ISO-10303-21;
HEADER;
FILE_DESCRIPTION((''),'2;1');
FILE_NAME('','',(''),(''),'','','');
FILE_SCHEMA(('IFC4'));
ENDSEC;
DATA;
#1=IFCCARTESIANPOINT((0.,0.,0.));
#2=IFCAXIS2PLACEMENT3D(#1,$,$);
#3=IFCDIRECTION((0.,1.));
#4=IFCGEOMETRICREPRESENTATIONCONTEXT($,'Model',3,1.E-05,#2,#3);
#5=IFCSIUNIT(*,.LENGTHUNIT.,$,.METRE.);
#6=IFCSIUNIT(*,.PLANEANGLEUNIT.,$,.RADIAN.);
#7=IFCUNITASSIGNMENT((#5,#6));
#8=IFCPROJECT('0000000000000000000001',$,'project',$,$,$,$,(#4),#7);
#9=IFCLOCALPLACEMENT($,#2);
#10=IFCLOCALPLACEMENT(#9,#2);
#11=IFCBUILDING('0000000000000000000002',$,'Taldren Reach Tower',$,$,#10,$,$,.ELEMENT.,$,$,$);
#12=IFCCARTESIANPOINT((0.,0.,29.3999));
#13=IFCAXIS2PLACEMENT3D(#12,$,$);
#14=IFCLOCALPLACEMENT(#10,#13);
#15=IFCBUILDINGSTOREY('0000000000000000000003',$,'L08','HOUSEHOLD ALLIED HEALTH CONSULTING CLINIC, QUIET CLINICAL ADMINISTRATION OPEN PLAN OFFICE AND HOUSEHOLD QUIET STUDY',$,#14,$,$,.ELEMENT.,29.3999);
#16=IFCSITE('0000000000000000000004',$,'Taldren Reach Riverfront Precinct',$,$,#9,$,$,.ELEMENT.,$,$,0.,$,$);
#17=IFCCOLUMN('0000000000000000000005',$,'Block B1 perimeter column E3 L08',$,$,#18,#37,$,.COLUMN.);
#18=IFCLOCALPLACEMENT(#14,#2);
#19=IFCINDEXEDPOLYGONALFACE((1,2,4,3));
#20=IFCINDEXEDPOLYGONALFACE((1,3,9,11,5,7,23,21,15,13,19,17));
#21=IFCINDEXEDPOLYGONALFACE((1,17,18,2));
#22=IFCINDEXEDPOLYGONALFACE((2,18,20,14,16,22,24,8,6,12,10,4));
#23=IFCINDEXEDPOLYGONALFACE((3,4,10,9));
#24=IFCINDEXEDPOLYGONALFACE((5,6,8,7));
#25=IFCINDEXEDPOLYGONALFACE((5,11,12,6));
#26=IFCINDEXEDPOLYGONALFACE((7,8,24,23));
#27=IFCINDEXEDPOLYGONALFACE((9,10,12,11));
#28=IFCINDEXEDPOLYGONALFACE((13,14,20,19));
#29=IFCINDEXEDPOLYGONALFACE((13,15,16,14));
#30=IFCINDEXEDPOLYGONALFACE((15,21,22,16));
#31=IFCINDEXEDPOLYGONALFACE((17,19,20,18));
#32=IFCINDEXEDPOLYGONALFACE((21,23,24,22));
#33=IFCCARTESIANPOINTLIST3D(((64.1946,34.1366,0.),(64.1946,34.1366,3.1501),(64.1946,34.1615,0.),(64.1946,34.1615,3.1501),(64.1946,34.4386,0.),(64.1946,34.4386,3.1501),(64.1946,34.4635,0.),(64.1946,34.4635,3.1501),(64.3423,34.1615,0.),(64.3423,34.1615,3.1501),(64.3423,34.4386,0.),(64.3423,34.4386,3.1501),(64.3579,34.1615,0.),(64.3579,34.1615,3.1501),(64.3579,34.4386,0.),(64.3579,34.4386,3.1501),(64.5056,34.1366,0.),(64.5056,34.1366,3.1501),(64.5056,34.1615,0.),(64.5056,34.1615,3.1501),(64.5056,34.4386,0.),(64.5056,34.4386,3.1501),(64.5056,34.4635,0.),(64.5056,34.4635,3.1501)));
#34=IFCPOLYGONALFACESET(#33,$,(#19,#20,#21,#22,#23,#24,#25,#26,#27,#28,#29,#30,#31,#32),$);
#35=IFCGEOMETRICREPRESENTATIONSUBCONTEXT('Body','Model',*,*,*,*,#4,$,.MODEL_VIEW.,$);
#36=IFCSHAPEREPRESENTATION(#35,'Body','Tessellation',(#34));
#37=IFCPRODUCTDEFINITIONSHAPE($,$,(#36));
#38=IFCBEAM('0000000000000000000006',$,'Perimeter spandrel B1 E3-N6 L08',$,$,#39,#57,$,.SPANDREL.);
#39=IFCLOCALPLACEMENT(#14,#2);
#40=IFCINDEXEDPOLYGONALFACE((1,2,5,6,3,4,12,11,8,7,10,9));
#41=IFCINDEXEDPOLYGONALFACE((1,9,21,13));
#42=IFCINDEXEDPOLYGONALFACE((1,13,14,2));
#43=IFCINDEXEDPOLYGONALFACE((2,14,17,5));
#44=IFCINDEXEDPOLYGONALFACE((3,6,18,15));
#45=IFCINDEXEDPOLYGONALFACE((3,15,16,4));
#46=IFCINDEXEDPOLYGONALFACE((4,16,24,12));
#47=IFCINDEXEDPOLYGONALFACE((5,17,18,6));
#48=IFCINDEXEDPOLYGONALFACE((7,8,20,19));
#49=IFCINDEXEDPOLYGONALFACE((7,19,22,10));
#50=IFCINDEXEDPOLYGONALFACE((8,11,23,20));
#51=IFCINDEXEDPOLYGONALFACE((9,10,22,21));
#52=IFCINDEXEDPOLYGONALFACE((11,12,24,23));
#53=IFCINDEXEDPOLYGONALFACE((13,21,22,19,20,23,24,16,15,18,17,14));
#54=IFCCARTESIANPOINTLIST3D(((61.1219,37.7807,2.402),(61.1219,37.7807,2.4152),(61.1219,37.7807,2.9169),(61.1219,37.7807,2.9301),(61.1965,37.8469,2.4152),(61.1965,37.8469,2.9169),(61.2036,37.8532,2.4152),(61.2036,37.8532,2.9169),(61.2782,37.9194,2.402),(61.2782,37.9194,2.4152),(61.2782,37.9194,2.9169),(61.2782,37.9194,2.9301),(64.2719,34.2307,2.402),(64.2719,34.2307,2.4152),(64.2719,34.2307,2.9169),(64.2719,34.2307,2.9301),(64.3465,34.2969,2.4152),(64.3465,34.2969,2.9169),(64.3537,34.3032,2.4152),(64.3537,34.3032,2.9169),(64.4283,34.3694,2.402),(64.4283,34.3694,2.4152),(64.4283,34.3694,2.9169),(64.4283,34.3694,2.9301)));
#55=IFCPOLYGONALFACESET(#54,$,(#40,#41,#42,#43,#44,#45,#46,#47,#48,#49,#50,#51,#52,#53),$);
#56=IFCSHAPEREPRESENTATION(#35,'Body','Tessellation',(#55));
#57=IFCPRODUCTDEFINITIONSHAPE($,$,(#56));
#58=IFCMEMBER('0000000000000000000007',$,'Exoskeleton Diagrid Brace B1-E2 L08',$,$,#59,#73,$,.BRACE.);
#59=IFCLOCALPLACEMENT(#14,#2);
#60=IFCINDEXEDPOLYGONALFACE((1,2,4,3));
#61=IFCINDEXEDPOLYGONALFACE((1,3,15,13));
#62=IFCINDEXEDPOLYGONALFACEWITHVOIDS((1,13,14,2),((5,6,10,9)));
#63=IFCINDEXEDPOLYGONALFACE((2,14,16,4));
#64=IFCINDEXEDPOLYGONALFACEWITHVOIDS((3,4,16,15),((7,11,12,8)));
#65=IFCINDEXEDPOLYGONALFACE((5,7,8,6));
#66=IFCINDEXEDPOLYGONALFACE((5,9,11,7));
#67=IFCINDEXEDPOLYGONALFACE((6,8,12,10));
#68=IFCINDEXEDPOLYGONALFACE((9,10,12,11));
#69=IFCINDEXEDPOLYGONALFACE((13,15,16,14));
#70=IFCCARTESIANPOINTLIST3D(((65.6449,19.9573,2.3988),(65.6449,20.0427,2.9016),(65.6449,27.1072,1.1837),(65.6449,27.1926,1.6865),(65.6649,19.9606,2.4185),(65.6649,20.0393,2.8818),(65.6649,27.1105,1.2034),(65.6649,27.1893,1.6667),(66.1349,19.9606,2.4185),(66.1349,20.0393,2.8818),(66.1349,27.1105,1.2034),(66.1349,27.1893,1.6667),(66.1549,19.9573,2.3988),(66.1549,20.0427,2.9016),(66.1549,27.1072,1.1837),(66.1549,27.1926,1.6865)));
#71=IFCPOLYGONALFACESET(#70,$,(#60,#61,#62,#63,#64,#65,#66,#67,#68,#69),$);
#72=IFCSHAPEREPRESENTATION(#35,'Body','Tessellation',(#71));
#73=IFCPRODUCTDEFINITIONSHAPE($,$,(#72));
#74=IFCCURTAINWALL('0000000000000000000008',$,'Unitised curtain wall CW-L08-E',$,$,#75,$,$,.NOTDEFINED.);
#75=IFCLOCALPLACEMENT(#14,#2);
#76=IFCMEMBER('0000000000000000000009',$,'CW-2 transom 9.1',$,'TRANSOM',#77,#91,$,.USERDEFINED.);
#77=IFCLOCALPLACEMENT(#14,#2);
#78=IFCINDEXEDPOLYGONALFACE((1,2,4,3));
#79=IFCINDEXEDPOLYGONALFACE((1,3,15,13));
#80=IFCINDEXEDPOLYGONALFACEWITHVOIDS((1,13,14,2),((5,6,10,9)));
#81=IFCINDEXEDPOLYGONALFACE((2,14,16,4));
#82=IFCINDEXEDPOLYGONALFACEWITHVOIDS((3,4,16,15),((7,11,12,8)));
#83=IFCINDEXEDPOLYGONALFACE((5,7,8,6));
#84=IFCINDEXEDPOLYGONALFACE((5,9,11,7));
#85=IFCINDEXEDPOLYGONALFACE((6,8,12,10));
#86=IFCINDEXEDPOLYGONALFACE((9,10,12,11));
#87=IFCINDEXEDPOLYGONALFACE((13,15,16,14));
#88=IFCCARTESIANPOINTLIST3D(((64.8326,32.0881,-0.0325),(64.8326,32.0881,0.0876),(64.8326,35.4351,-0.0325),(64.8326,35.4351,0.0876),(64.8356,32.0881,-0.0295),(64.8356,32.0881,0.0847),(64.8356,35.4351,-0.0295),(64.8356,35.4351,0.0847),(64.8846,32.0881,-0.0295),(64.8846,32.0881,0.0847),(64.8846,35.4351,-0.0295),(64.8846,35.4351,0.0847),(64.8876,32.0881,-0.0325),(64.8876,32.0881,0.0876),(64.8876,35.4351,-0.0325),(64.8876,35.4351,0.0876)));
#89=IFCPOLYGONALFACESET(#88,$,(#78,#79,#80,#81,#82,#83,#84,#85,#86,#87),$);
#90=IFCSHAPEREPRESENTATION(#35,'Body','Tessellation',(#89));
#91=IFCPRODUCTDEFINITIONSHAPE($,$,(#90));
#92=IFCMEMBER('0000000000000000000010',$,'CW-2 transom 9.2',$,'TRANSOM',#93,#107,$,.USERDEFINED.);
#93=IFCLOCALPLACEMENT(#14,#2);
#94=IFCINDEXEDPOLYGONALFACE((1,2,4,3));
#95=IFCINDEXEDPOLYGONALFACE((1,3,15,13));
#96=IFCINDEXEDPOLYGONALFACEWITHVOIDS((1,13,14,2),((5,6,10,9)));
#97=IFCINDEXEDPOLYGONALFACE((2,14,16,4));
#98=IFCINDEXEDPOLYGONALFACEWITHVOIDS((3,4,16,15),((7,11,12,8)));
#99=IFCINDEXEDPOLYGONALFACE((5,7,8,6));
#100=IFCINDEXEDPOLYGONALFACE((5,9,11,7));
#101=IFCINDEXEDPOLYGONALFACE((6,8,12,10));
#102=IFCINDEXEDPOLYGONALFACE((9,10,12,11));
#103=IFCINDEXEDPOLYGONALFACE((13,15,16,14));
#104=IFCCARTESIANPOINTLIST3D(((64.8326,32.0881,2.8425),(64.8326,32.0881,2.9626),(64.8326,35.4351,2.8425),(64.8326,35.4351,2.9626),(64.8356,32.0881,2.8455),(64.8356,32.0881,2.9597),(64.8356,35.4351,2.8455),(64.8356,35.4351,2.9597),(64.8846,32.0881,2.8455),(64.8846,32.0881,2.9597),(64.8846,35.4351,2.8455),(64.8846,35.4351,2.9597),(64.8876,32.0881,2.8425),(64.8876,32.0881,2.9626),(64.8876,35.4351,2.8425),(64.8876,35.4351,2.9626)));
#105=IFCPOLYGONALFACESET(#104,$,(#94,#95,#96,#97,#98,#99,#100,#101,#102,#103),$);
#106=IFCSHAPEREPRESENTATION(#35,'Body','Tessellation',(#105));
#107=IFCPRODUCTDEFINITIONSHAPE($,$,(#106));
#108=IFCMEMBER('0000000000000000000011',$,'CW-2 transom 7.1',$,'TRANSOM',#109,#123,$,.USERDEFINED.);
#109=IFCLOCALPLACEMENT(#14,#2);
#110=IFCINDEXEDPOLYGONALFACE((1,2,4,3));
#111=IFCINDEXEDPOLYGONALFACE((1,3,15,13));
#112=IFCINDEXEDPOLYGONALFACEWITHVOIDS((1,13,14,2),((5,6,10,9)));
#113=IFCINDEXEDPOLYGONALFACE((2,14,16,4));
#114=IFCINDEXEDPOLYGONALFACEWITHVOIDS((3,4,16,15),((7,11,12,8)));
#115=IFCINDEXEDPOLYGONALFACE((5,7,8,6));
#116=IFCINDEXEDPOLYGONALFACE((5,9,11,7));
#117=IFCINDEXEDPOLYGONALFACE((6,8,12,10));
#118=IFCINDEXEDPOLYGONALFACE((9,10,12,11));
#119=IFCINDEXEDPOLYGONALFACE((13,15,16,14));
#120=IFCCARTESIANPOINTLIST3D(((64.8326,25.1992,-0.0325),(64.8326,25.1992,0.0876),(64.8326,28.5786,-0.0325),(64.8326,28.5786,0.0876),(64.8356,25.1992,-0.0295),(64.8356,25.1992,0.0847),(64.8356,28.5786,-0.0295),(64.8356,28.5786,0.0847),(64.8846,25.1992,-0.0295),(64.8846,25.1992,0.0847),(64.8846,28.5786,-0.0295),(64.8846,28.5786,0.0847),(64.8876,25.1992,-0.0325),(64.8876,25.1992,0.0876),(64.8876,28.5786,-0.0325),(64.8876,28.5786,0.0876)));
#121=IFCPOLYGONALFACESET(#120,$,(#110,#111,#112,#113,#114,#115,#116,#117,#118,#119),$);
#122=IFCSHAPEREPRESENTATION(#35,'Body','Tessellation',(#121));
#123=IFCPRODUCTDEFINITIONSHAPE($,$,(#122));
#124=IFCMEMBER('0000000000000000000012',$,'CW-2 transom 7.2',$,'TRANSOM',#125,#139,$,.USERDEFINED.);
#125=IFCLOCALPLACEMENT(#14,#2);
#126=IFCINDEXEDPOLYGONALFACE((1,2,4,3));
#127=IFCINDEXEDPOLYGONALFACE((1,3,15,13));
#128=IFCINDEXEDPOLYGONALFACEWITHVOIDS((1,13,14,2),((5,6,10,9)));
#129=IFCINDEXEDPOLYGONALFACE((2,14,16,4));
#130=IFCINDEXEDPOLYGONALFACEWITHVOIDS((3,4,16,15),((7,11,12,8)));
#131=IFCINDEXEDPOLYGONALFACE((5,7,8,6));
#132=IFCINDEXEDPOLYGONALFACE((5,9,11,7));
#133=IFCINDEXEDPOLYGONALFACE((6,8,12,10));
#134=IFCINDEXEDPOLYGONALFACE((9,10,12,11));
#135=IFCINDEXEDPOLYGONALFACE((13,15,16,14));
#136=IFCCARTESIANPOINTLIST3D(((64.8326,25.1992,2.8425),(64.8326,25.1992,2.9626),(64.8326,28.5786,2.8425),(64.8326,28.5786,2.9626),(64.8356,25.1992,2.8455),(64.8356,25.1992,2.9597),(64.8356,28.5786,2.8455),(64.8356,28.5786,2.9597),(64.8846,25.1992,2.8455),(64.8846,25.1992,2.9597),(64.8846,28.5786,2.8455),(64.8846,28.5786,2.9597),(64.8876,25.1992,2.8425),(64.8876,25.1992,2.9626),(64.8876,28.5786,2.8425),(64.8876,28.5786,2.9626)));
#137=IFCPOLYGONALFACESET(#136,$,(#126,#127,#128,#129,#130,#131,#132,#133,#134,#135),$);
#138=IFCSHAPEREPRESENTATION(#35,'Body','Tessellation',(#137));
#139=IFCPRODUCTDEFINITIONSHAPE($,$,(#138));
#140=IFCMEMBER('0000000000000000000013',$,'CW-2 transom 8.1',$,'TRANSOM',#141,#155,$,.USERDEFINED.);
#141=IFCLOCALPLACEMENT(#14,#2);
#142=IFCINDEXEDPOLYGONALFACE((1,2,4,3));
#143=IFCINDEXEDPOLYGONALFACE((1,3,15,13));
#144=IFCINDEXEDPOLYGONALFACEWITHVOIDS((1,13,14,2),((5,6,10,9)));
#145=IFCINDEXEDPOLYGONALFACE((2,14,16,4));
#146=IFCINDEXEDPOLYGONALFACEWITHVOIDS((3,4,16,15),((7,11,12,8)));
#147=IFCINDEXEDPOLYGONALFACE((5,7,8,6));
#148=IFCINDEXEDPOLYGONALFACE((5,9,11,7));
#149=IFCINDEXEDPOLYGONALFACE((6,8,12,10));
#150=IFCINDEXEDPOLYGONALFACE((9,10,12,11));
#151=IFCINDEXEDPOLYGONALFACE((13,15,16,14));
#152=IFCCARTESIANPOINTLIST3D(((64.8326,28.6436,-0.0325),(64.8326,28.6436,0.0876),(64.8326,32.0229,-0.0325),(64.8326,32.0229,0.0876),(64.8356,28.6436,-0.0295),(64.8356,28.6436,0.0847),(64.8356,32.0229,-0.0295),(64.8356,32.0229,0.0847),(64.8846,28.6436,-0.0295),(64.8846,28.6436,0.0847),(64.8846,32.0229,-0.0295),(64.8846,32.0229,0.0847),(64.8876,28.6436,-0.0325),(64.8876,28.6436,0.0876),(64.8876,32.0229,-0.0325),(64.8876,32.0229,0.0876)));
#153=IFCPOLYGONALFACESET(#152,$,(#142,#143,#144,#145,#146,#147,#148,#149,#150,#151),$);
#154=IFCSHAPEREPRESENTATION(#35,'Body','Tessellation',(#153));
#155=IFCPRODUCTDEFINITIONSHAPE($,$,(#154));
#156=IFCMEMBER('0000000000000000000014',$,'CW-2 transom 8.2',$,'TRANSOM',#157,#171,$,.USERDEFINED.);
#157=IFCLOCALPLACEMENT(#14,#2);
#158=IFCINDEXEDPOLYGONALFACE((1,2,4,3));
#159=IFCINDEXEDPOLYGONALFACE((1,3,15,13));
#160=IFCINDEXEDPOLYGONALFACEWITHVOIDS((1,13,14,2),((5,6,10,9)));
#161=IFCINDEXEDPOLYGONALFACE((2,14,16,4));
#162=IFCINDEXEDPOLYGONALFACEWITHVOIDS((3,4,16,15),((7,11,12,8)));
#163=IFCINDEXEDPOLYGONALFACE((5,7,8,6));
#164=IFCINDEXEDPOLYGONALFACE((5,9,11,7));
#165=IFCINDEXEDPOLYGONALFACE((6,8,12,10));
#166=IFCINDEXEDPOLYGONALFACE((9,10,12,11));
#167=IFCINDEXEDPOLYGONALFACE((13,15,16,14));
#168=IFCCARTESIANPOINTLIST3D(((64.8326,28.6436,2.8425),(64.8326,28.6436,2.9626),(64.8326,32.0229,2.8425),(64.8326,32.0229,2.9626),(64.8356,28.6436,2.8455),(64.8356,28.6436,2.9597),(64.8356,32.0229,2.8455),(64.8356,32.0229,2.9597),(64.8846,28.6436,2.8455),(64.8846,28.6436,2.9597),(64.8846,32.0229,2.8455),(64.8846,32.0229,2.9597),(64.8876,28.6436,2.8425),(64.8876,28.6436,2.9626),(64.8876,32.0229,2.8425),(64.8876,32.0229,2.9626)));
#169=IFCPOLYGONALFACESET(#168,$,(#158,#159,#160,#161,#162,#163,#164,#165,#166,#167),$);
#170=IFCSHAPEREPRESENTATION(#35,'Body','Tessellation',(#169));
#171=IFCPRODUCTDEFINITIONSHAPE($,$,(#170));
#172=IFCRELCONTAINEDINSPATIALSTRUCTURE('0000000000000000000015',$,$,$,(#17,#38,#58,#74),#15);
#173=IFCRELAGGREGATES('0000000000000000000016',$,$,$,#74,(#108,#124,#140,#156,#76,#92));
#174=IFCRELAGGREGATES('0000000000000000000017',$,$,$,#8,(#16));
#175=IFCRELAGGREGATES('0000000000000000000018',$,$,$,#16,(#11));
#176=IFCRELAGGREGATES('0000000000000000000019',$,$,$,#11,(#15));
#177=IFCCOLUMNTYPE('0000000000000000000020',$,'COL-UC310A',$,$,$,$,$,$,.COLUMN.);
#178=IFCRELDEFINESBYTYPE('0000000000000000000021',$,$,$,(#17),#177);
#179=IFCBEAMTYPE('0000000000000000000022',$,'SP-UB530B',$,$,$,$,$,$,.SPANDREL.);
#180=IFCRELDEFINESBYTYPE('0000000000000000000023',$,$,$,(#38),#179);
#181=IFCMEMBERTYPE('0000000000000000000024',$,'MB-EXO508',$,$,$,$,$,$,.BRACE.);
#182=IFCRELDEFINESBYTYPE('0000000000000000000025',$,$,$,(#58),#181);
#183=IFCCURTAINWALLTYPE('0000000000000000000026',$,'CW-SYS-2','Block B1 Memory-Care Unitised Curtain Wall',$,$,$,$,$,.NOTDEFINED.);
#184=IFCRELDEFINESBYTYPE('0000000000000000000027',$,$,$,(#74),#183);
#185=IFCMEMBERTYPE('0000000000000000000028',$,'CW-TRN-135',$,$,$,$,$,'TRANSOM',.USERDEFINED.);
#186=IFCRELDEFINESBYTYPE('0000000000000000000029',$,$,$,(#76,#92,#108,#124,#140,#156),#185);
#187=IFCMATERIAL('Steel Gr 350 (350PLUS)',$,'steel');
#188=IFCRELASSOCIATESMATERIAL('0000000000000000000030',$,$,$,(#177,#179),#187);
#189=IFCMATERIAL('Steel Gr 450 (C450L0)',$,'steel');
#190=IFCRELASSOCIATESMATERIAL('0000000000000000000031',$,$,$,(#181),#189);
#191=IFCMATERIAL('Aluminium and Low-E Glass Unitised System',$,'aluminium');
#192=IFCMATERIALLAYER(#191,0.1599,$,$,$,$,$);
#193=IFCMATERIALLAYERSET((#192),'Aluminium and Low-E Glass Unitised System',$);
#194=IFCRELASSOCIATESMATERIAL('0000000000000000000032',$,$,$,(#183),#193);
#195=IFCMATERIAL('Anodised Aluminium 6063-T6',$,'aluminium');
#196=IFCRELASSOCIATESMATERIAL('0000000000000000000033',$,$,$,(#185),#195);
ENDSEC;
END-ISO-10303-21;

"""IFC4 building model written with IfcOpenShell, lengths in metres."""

from ifc_helpers import new_model, si_unit, direction, frame, origin, origin_2d, place, context, subcontext, project, spatial, hollow_rectangle, i_section, extrude, source, transform, mapped, material, layer, layer_set, material_profile, profile_set, type_object, element, aggregate, save


model = new_model("IFC4")

# Units and contexts
model_context = context("Model", 3, precision=1e-05, world=origin(), true_north=direction((0.0, 1.0)))
body_context = subcontext(model_context, "Body", "Model", "MODEL_VIEW")
ifc_project = project(units=[si_unit("LENGTHUNIT", "METRE"), si_unit("PLANEANGLEUNIT", "RADIAN")], contexts=[model_context])

# Site, building, storey
site_placement = place(None, origin())
site = spatial("IfcSite", under=ifc_project, at=site_placement, Name="Taldren Reach Riverfront Precinct", CompositionType="ELEMENT", RefElevation=0.0)
building_placement = place(site_placement, origin())
building = spatial("IfcBuilding", under=site, at=building_placement, Name="Taldren Reach Tower", CompositionType="ELEMENT")
storey_placement = place(building_placement, frame((0.0, 0.0, 29.3999)))
storey = spatial("IfcBuildingStorey", under=building, at=storey_placement, Name="L08", Description="HOUSEHOLD ALLIED HEALTH CONSULTING CLINIC, QUIET CLINICAL ADMINISTRATION OPEN PLAN OFFICE AND HOUSEHOLD QUIET STUDY", CompositionType="ELEMENT", Elevation=29.3999)

# Column
ifc_material_1 = material(Name="Steel Gr 350 (350PLUS)", Category="steel")
ifc_material_profile_1 = material_profile(ifc_material_1, i_section(OverallWidth=0.311, OverallDepth=0.3269, WebThickness=0.0156, FlangeThickness=0.0249, at=origin_2d()), Name="310UC158")
ifc_profile_set_1 = profile_set([ifc_material_profile_1], Name="Steel Gr 350 (350PLUS)")
column_type = type_object("IfcColumnType", Name="COL-UC310A", PredefinedType="COLUMN", material=ifc_profile_set_1)
shared_shape_1 = source(origin(), body_context, "Body", "SweptSolid", [
    extrude(i_section(OverallWidth=0.311, OverallDepth=0.3269, WebThickness=0.0156, FlangeThickness=0.0249, at=origin_2d()), origin(), (0.0, 0.0, 1.0), 3.1501),
])
column_placement = place(storey_placement, frame((64.3501, 34.3, 0.0), z_axis=(0.0, 0.0, 1.0), x_axis=(1.0, 0.0, 0.0)))
element("IfcColumn", 1, at=column_placement, inside=storey, type_object=column_type, Name="Block B1 perimeter column E3 L08", PredefinedType="COLUMN", context=body_context, shape_type="MappedRepresentation", body=[
    mapped(shared_shape_1, transform((0.0, 0.0, 0.0), scale=1.0)),
])

# Beam
ifc_material_profile_2 = material_profile(ifc_material_1, i_section(OverallWidth=0.209, OverallDepth=0.5281, WebThickness=0.0095, FlangeThickness=0.0132, at=origin_2d()), Name="530UB82.0")
ifc_profile_set_2 = profile_set([ifc_material_profile_2], Name="Steel Gr 350 (350PLUS)")
beam_type = type_object("IfcBeamType", Name="SP-UB530B", PredefinedType="SPANDREL", material=ifc_profile_set_2)
shared_shape_2 = source(origin(), body_context, "Body", "SweptSolid", [
    extrude(i_section(OverallWidth=0.209, OverallDepth=0.5281, WebThickness=0.0095, FlangeThickness=0.0132, at=origin_2d()), origin(), (0.0, 0.0, 1.0), 4.7461),
])
beam_placement = place(storey_placement, frame((64.3501, 34.3, 2.666), z_axis=(-0.663722, 0.747979, 0.0), x_axis=(-0.747979, -0.663722, 0.0)))
element("IfcBeam", 2, at=beam_placement, inside=storey, type_object=beam_type, Name="Perimeter spandrel B1 E3-N6 L08", PredefinedType="SPANDREL", context=body_context, shape_type="MappedRepresentation", body=[
    mapped(shared_shape_2, transform((0.0, 0.0, 0.0), scale=1.0)),
])

# Member
ifc_material_2 = material(Name="Steel Gr 450 (C450L0)", Category="steel")
ifc_material_profile_3 = material_profile(ifc_material_2, hollow_rectangle(XDim=0.51, YDim=0.51, WallThickness=0.02, at=origin_2d()), Name="510x510x20.0SHS")
ifc_profile_set_3 = profile_set([ifc_material_profile_3], Name="Steel Gr 450 (C450L0)")
member_type_1 = type_object("IfcMemberType", Name="MB-EXO508", PredefinedType="BRACE", material=ifc_profile_set_3)
shared_shape_3 = source(origin(), body_context, "Body", "SweptSolid", [
    extrude(hollow_rectangle(XDim=0.51, YDim=0.51, WallThickness=0.02, at=origin_2d()), origin(), (0.0, 0.0, 1.0), 7.2524),
])
member_1_placement = place(storey_placement, frame((65.8999, 27.1499, 1.4351), z_axis=(0.0, -0.985865, 0.167542), x_axis=(1.0, 0.0, 0.0)))
element("IfcMember", 3, at=member_1_placement, inside=storey, type_object=member_type_1, Name="Exoskeleton Diagrid Brace B1-E2 L08", PredefinedType="BRACE", context=body_context, shape_type="MappedRepresentation", body=[
    mapped(shared_shape_3, transform((0.0, 0.0, 0.0), scale=1.0)),
])

# Curtain wall, members
ifc_material_3 = material(Name="Aluminium and Low-E Glass Unitised System", Category="aluminium")
ifc_layer_1 = layer(ifc_material_3, 0.1599)
ifc_layer_set_1 = layer_set([ifc_layer_1], Name="Aluminium and Low-E Glass Unitised System")
curtain_wall_type = type_object("IfcCurtainWallType", Name="CW-SYS-2", Description="Block B1 Memory-Care Unitised Curtain Wall", PredefinedType="NOTDEFINED", material=ifc_layer_set_1)
curtain_wall_placement = place(storey_placement, origin())
curtain_wall = element("IfcCurtainWall", 4, at=curtain_wall_placement, inside=storey, type_object=curtain_wall_type, Name="Unitised curtain wall CW-L08-E", PredefinedType="NOTDEFINED")
ifc_material_4 = material(Name="Anodised Aluminium 6063-T6", Category="aluminium")
ifc_material_profile_4 = material_profile(ifc_material_4, hollow_rectangle(XDim=0.0549, YDim=0.1201, WallThickness=0.0029, at=origin_2d()), Name="ALU-120x55x3RHS")
ifc_profile_set_4 = profile_set([ifc_material_profile_4], Name="Anodised Aluminium 6063-T6")
member_type_2 = type_object("IfcMemberType", Name="CW-TRN-135", ElementType="TRANSOM", PredefinedType="USERDEFINED", material=ifc_profile_set_4)
shared_shape_4 = source(origin(), body_context, "Body", "SweptSolid", [
    extrude(hollow_rectangle(XDim=0.0549, YDim=0.1201, WallThickness=0.0029, at=origin_2d()), origin(), (0.0, 0.0, 1.0), 3.3469),
])
member_2_placement = place(storey_placement, frame((64.8601, 32.0881, 0.0276), z_axis=(0.0, 1.0, 0.0), x_axis=(-1.0, 0.0, 0.0)))
member_2 = element("IfcMember", 5, at=member_2_placement, type_object=member_type_2, Name="CW-2 transom 9.1", ObjectType="TRANSOM", PredefinedType="USERDEFINED", context=body_context, shape_type="MappedRepresentation", body=[
    mapped(shared_shape_4, transform((0.0, 0.0, 0.0), scale=1.0)),
])
member_3_placement = place(storey_placement, frame((64.8601, 32.0881, 2.9026), z_axis=(0.0, 1.0, 0.0), x_axis=(-1.0, 0.0, 0.0)))
member_3 = element("IfcMember", 6, at=member_3_placement, type_object=member_type_2, Name="CW-2 transom 9.2", ObjectType="TRANSOM", PredefinedType="USERDEFINED", context=body_context, shape_type="MappedRepresentation", body=[
    mapped(shared_shape_4, transform((0.0, 0.0, 0.0), scale=1.0)),
])
shared_shape_5 = source(origin(), body_context, "Body", "SweptSolid", [
    extrude(hollow_rectangle(XDim=0.0549, YDim=0.1201, WallThickness=0.0029, at=origin_2d()), origin(), (0.0, 0.0, 1.0), 3.3794),
])
member_4_placement = place(storey_placement, frame((64.8601, 25.1992, 0.0276), z_axis=(0.0, 1.0, 0.0), x_axis=(-1.0, 0.0, 0.0)))
member_4 = element("IfcMember", 7, at=member_4_placement, type_object=member_type_2, Name="CW-2 transom 7.1", ObjectType="TRANSOM", PredefinedType="USERDEFINED", context=body_context, shape_type="MappedRepresentation", body=[
    mapped(shared_shape_5, transform((0.0, 0.0, 0.0), scale=1.0)),
])
member_5_placement = place(storey_placement, frame((64.8601, 25.1992, 2.9026), z_axis=(0.0, 1.0, 0.0), x_axis=(-1.0, 0.0, 0.0)))
member_5 = element("IfcMember", 8, at=member_5_placement, type_object=member_type_2, Name="CW-2 transom 7.2", ObjectType="TRANSOM", PredefinedType="USERDEFINED", context=body_context, shape_type="MappedRepresentation", body=[
    mapped(shared_shape_5, transform((0.0, 0.0, 0.0), scale=1.0)),
])
member_6_placement = place(storey_placement, frame((64.8601, 28.6436, 0.0276), z_axis=(0.0, 1.0, 0.0), x_axis=(-1.0, 0.0, 0.0)))
member_6 = element("IfcMember", 9, at=member_6_placement, type_object=member_type_2, Name="CW-2 transom 8.1", ObjectType="TRANSOM", PredefinedType="USERDEFINED", context=body_context, shape_type="MappedRepresentation", body=[
    mapped(shared_shape_5, transform((0.0, 0.0, 0.0), scale=1.0)),
])
member_7_placement = place(storey_placement, frame((64.8601, 28.6436, 2.9026), z_axis=(0.0, 1.0, 0.0), x_axis=(-1.0, 0.0, 0.0)))
member_7 = element("IfcMember", 10, at=member_7_placement, type_object=member_type_2, Name="CW-2 transom 8.2", ObjectType="TRANSOM", PredefinedType="USERDEFINED", context=body_context, shape_type="MappedRepresentation", body=[
    mapped(shared_shape_5, transform((0.0, 0.0, 0.0), scale=1.0)),
])
aggregate(curtain_wall, [member_4, member_5, member_6, member_7, member_2, member_3])

save(model, "model.ifc")
